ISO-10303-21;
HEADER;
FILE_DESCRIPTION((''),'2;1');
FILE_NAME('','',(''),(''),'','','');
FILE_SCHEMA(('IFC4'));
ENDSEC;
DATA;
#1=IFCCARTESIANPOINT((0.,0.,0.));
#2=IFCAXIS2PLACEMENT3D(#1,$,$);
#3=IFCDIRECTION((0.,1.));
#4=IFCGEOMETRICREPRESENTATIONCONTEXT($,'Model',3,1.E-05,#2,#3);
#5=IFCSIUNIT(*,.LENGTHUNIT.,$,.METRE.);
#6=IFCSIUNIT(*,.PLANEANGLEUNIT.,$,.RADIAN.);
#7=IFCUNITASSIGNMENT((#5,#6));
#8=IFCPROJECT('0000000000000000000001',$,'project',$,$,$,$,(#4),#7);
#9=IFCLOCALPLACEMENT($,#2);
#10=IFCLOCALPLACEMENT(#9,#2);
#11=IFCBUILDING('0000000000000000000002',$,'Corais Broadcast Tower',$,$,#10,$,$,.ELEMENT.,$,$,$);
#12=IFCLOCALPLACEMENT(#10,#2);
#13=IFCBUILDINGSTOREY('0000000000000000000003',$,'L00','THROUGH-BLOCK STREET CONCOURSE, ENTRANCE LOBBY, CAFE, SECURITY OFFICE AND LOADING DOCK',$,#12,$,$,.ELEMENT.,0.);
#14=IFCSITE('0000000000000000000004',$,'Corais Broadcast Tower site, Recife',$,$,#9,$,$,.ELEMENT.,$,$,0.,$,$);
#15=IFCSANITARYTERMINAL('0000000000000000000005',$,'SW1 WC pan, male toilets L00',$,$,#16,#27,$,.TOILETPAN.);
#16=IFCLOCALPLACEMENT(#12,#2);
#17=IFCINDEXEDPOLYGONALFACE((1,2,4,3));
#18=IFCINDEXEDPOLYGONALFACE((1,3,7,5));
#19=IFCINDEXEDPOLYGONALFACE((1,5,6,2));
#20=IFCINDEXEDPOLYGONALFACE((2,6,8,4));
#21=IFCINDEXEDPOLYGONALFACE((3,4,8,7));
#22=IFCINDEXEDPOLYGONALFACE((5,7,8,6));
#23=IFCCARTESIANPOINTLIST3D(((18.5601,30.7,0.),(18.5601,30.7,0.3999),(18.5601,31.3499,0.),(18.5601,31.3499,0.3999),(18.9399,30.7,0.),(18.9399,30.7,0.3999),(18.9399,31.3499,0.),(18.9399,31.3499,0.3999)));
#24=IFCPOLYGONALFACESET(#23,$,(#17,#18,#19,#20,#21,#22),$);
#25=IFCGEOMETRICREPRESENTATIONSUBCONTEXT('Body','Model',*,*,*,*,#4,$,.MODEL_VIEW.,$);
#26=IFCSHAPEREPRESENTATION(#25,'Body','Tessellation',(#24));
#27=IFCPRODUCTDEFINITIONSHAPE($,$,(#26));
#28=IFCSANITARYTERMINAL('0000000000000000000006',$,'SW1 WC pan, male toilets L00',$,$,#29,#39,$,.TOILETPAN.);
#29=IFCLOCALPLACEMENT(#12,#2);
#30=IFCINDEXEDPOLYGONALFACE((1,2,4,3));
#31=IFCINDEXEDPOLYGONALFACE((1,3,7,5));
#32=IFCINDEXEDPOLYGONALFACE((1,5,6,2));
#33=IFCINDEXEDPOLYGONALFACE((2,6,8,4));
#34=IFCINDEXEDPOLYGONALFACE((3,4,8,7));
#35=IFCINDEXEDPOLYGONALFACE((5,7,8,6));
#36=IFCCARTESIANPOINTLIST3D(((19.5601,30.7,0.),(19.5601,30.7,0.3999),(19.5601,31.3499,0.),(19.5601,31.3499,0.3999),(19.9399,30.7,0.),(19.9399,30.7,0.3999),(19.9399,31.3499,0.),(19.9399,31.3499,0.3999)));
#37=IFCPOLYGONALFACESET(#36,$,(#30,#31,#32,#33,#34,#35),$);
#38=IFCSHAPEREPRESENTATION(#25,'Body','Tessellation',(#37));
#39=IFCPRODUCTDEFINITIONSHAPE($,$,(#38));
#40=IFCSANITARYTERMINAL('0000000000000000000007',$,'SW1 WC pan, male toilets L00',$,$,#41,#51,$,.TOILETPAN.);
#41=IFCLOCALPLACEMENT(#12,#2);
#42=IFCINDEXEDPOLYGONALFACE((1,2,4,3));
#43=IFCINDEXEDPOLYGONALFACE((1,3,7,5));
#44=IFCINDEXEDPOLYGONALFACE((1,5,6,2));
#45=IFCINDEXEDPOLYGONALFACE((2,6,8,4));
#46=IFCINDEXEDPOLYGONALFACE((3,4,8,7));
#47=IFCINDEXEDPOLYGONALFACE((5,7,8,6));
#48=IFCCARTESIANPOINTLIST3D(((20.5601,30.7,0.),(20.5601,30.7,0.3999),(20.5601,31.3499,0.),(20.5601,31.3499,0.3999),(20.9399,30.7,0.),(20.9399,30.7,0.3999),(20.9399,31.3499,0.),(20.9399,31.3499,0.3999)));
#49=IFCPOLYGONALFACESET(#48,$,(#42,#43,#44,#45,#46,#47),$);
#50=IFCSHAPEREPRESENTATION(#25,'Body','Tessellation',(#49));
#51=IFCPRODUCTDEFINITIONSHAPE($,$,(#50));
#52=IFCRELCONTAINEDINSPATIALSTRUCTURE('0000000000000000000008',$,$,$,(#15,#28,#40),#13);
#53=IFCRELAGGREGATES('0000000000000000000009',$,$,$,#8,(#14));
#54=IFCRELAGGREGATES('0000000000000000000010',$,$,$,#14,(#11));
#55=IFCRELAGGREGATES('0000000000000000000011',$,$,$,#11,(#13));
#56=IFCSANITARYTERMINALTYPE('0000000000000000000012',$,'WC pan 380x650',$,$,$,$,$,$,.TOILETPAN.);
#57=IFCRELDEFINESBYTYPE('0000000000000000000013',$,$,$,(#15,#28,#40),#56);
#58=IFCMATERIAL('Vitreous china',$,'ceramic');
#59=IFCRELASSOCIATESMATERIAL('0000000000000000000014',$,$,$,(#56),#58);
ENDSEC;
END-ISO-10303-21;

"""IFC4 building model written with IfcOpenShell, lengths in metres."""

from ifc_helpers import new_model, si_unit, direction, frame, origin, origin_2d, place, context, subcontext, project, spatial, rectangle, extrude, material, type_object, element, save


model = new_model("IFC4")

# Units and contexts
model_context = context("Model", 3, precision=1e-05, world=origin(), true_north=direction((0.0, 1.0)))
body_context = subcontext(model_context, "Body", "Model", "MODEL_VIEW")
ifc_project = project(units=[si_unit("LENGTHUNIT", "METRE"), si_unit("PLANEANGLEUNIT", "RADIAN")], contexts=[model_context])

# Site, building, storey
site_placement = place(None, origin())
site = spatial("IfcSite", under=ifc_project, at=site_placement, Name="Corais Broadcast Tower site, Recife", CompositionType="ELEMENT", RefElevation=0.0)
building_placement = place(site_placement, origin())
building = spatial("IfcBuilding", under=site, at=building_placement, Name="Corais Broadcast Tower", CompositionType="ELEMENT")
storey_placement = place(building_placement, origin())
storey = spatial("IfcBuildingStorey", under=building, at=storey_placement, Name="L00", Description="THROUGH-BLOCK STREET CONCOURSE, ENTRANCE LOBBY, CAFE, SECURITY OFFICE AND LOADING DOCK", CompositionType="ELEMENT", Elevation=0.0)

# Sanitary terminals
ifc_material_1 = material(Name="Vitreous china", Category="ceramic")
sanitary_terminal_type = type_object("IfcSanitaryTerminalType", Name="WC pan 380x650", PredefinedType="TOILETPAN", material=ifc_material_1)
for number, where, z_axis, x_axis, name in (
    (1, (18.75, 31.0249, 0.0), (0.0, 0.0, 1.0), (1.0, 0.0, 0.0), "SW1 WC pan, male toilets L00"),
    (2, (19.75, 31.0249, 0.0), (0.0, 0.0, 1.0), (1.0, 0.0, 0.0), "SW1 WC pan, male toilets L00"),
    (3, (20.75, 31.0249, 0.0), (0.0, 0.0, 1.0), (1.0, 0.0, 0.0), "SW1 WC pan, male toilets L00"),
):
    element("IfcSanitaryTerminal", number, at=place(storey_placement, frame(where, z_axis=z_axis, x_axis=x_axis)), inside=storey, type_object=sanitary_terminal_type, Name=name, PredefinedType="TOILETPAN", context=body_context, shape_type="SweptSolid", body=[
        extrude(rectangle(XDim=0.3799, YDim=0.6499, at=origin_2d()), origin(), (0.0, 0.0, 1.0), 0.3999),
    ])

save(model, "model.ifc")
